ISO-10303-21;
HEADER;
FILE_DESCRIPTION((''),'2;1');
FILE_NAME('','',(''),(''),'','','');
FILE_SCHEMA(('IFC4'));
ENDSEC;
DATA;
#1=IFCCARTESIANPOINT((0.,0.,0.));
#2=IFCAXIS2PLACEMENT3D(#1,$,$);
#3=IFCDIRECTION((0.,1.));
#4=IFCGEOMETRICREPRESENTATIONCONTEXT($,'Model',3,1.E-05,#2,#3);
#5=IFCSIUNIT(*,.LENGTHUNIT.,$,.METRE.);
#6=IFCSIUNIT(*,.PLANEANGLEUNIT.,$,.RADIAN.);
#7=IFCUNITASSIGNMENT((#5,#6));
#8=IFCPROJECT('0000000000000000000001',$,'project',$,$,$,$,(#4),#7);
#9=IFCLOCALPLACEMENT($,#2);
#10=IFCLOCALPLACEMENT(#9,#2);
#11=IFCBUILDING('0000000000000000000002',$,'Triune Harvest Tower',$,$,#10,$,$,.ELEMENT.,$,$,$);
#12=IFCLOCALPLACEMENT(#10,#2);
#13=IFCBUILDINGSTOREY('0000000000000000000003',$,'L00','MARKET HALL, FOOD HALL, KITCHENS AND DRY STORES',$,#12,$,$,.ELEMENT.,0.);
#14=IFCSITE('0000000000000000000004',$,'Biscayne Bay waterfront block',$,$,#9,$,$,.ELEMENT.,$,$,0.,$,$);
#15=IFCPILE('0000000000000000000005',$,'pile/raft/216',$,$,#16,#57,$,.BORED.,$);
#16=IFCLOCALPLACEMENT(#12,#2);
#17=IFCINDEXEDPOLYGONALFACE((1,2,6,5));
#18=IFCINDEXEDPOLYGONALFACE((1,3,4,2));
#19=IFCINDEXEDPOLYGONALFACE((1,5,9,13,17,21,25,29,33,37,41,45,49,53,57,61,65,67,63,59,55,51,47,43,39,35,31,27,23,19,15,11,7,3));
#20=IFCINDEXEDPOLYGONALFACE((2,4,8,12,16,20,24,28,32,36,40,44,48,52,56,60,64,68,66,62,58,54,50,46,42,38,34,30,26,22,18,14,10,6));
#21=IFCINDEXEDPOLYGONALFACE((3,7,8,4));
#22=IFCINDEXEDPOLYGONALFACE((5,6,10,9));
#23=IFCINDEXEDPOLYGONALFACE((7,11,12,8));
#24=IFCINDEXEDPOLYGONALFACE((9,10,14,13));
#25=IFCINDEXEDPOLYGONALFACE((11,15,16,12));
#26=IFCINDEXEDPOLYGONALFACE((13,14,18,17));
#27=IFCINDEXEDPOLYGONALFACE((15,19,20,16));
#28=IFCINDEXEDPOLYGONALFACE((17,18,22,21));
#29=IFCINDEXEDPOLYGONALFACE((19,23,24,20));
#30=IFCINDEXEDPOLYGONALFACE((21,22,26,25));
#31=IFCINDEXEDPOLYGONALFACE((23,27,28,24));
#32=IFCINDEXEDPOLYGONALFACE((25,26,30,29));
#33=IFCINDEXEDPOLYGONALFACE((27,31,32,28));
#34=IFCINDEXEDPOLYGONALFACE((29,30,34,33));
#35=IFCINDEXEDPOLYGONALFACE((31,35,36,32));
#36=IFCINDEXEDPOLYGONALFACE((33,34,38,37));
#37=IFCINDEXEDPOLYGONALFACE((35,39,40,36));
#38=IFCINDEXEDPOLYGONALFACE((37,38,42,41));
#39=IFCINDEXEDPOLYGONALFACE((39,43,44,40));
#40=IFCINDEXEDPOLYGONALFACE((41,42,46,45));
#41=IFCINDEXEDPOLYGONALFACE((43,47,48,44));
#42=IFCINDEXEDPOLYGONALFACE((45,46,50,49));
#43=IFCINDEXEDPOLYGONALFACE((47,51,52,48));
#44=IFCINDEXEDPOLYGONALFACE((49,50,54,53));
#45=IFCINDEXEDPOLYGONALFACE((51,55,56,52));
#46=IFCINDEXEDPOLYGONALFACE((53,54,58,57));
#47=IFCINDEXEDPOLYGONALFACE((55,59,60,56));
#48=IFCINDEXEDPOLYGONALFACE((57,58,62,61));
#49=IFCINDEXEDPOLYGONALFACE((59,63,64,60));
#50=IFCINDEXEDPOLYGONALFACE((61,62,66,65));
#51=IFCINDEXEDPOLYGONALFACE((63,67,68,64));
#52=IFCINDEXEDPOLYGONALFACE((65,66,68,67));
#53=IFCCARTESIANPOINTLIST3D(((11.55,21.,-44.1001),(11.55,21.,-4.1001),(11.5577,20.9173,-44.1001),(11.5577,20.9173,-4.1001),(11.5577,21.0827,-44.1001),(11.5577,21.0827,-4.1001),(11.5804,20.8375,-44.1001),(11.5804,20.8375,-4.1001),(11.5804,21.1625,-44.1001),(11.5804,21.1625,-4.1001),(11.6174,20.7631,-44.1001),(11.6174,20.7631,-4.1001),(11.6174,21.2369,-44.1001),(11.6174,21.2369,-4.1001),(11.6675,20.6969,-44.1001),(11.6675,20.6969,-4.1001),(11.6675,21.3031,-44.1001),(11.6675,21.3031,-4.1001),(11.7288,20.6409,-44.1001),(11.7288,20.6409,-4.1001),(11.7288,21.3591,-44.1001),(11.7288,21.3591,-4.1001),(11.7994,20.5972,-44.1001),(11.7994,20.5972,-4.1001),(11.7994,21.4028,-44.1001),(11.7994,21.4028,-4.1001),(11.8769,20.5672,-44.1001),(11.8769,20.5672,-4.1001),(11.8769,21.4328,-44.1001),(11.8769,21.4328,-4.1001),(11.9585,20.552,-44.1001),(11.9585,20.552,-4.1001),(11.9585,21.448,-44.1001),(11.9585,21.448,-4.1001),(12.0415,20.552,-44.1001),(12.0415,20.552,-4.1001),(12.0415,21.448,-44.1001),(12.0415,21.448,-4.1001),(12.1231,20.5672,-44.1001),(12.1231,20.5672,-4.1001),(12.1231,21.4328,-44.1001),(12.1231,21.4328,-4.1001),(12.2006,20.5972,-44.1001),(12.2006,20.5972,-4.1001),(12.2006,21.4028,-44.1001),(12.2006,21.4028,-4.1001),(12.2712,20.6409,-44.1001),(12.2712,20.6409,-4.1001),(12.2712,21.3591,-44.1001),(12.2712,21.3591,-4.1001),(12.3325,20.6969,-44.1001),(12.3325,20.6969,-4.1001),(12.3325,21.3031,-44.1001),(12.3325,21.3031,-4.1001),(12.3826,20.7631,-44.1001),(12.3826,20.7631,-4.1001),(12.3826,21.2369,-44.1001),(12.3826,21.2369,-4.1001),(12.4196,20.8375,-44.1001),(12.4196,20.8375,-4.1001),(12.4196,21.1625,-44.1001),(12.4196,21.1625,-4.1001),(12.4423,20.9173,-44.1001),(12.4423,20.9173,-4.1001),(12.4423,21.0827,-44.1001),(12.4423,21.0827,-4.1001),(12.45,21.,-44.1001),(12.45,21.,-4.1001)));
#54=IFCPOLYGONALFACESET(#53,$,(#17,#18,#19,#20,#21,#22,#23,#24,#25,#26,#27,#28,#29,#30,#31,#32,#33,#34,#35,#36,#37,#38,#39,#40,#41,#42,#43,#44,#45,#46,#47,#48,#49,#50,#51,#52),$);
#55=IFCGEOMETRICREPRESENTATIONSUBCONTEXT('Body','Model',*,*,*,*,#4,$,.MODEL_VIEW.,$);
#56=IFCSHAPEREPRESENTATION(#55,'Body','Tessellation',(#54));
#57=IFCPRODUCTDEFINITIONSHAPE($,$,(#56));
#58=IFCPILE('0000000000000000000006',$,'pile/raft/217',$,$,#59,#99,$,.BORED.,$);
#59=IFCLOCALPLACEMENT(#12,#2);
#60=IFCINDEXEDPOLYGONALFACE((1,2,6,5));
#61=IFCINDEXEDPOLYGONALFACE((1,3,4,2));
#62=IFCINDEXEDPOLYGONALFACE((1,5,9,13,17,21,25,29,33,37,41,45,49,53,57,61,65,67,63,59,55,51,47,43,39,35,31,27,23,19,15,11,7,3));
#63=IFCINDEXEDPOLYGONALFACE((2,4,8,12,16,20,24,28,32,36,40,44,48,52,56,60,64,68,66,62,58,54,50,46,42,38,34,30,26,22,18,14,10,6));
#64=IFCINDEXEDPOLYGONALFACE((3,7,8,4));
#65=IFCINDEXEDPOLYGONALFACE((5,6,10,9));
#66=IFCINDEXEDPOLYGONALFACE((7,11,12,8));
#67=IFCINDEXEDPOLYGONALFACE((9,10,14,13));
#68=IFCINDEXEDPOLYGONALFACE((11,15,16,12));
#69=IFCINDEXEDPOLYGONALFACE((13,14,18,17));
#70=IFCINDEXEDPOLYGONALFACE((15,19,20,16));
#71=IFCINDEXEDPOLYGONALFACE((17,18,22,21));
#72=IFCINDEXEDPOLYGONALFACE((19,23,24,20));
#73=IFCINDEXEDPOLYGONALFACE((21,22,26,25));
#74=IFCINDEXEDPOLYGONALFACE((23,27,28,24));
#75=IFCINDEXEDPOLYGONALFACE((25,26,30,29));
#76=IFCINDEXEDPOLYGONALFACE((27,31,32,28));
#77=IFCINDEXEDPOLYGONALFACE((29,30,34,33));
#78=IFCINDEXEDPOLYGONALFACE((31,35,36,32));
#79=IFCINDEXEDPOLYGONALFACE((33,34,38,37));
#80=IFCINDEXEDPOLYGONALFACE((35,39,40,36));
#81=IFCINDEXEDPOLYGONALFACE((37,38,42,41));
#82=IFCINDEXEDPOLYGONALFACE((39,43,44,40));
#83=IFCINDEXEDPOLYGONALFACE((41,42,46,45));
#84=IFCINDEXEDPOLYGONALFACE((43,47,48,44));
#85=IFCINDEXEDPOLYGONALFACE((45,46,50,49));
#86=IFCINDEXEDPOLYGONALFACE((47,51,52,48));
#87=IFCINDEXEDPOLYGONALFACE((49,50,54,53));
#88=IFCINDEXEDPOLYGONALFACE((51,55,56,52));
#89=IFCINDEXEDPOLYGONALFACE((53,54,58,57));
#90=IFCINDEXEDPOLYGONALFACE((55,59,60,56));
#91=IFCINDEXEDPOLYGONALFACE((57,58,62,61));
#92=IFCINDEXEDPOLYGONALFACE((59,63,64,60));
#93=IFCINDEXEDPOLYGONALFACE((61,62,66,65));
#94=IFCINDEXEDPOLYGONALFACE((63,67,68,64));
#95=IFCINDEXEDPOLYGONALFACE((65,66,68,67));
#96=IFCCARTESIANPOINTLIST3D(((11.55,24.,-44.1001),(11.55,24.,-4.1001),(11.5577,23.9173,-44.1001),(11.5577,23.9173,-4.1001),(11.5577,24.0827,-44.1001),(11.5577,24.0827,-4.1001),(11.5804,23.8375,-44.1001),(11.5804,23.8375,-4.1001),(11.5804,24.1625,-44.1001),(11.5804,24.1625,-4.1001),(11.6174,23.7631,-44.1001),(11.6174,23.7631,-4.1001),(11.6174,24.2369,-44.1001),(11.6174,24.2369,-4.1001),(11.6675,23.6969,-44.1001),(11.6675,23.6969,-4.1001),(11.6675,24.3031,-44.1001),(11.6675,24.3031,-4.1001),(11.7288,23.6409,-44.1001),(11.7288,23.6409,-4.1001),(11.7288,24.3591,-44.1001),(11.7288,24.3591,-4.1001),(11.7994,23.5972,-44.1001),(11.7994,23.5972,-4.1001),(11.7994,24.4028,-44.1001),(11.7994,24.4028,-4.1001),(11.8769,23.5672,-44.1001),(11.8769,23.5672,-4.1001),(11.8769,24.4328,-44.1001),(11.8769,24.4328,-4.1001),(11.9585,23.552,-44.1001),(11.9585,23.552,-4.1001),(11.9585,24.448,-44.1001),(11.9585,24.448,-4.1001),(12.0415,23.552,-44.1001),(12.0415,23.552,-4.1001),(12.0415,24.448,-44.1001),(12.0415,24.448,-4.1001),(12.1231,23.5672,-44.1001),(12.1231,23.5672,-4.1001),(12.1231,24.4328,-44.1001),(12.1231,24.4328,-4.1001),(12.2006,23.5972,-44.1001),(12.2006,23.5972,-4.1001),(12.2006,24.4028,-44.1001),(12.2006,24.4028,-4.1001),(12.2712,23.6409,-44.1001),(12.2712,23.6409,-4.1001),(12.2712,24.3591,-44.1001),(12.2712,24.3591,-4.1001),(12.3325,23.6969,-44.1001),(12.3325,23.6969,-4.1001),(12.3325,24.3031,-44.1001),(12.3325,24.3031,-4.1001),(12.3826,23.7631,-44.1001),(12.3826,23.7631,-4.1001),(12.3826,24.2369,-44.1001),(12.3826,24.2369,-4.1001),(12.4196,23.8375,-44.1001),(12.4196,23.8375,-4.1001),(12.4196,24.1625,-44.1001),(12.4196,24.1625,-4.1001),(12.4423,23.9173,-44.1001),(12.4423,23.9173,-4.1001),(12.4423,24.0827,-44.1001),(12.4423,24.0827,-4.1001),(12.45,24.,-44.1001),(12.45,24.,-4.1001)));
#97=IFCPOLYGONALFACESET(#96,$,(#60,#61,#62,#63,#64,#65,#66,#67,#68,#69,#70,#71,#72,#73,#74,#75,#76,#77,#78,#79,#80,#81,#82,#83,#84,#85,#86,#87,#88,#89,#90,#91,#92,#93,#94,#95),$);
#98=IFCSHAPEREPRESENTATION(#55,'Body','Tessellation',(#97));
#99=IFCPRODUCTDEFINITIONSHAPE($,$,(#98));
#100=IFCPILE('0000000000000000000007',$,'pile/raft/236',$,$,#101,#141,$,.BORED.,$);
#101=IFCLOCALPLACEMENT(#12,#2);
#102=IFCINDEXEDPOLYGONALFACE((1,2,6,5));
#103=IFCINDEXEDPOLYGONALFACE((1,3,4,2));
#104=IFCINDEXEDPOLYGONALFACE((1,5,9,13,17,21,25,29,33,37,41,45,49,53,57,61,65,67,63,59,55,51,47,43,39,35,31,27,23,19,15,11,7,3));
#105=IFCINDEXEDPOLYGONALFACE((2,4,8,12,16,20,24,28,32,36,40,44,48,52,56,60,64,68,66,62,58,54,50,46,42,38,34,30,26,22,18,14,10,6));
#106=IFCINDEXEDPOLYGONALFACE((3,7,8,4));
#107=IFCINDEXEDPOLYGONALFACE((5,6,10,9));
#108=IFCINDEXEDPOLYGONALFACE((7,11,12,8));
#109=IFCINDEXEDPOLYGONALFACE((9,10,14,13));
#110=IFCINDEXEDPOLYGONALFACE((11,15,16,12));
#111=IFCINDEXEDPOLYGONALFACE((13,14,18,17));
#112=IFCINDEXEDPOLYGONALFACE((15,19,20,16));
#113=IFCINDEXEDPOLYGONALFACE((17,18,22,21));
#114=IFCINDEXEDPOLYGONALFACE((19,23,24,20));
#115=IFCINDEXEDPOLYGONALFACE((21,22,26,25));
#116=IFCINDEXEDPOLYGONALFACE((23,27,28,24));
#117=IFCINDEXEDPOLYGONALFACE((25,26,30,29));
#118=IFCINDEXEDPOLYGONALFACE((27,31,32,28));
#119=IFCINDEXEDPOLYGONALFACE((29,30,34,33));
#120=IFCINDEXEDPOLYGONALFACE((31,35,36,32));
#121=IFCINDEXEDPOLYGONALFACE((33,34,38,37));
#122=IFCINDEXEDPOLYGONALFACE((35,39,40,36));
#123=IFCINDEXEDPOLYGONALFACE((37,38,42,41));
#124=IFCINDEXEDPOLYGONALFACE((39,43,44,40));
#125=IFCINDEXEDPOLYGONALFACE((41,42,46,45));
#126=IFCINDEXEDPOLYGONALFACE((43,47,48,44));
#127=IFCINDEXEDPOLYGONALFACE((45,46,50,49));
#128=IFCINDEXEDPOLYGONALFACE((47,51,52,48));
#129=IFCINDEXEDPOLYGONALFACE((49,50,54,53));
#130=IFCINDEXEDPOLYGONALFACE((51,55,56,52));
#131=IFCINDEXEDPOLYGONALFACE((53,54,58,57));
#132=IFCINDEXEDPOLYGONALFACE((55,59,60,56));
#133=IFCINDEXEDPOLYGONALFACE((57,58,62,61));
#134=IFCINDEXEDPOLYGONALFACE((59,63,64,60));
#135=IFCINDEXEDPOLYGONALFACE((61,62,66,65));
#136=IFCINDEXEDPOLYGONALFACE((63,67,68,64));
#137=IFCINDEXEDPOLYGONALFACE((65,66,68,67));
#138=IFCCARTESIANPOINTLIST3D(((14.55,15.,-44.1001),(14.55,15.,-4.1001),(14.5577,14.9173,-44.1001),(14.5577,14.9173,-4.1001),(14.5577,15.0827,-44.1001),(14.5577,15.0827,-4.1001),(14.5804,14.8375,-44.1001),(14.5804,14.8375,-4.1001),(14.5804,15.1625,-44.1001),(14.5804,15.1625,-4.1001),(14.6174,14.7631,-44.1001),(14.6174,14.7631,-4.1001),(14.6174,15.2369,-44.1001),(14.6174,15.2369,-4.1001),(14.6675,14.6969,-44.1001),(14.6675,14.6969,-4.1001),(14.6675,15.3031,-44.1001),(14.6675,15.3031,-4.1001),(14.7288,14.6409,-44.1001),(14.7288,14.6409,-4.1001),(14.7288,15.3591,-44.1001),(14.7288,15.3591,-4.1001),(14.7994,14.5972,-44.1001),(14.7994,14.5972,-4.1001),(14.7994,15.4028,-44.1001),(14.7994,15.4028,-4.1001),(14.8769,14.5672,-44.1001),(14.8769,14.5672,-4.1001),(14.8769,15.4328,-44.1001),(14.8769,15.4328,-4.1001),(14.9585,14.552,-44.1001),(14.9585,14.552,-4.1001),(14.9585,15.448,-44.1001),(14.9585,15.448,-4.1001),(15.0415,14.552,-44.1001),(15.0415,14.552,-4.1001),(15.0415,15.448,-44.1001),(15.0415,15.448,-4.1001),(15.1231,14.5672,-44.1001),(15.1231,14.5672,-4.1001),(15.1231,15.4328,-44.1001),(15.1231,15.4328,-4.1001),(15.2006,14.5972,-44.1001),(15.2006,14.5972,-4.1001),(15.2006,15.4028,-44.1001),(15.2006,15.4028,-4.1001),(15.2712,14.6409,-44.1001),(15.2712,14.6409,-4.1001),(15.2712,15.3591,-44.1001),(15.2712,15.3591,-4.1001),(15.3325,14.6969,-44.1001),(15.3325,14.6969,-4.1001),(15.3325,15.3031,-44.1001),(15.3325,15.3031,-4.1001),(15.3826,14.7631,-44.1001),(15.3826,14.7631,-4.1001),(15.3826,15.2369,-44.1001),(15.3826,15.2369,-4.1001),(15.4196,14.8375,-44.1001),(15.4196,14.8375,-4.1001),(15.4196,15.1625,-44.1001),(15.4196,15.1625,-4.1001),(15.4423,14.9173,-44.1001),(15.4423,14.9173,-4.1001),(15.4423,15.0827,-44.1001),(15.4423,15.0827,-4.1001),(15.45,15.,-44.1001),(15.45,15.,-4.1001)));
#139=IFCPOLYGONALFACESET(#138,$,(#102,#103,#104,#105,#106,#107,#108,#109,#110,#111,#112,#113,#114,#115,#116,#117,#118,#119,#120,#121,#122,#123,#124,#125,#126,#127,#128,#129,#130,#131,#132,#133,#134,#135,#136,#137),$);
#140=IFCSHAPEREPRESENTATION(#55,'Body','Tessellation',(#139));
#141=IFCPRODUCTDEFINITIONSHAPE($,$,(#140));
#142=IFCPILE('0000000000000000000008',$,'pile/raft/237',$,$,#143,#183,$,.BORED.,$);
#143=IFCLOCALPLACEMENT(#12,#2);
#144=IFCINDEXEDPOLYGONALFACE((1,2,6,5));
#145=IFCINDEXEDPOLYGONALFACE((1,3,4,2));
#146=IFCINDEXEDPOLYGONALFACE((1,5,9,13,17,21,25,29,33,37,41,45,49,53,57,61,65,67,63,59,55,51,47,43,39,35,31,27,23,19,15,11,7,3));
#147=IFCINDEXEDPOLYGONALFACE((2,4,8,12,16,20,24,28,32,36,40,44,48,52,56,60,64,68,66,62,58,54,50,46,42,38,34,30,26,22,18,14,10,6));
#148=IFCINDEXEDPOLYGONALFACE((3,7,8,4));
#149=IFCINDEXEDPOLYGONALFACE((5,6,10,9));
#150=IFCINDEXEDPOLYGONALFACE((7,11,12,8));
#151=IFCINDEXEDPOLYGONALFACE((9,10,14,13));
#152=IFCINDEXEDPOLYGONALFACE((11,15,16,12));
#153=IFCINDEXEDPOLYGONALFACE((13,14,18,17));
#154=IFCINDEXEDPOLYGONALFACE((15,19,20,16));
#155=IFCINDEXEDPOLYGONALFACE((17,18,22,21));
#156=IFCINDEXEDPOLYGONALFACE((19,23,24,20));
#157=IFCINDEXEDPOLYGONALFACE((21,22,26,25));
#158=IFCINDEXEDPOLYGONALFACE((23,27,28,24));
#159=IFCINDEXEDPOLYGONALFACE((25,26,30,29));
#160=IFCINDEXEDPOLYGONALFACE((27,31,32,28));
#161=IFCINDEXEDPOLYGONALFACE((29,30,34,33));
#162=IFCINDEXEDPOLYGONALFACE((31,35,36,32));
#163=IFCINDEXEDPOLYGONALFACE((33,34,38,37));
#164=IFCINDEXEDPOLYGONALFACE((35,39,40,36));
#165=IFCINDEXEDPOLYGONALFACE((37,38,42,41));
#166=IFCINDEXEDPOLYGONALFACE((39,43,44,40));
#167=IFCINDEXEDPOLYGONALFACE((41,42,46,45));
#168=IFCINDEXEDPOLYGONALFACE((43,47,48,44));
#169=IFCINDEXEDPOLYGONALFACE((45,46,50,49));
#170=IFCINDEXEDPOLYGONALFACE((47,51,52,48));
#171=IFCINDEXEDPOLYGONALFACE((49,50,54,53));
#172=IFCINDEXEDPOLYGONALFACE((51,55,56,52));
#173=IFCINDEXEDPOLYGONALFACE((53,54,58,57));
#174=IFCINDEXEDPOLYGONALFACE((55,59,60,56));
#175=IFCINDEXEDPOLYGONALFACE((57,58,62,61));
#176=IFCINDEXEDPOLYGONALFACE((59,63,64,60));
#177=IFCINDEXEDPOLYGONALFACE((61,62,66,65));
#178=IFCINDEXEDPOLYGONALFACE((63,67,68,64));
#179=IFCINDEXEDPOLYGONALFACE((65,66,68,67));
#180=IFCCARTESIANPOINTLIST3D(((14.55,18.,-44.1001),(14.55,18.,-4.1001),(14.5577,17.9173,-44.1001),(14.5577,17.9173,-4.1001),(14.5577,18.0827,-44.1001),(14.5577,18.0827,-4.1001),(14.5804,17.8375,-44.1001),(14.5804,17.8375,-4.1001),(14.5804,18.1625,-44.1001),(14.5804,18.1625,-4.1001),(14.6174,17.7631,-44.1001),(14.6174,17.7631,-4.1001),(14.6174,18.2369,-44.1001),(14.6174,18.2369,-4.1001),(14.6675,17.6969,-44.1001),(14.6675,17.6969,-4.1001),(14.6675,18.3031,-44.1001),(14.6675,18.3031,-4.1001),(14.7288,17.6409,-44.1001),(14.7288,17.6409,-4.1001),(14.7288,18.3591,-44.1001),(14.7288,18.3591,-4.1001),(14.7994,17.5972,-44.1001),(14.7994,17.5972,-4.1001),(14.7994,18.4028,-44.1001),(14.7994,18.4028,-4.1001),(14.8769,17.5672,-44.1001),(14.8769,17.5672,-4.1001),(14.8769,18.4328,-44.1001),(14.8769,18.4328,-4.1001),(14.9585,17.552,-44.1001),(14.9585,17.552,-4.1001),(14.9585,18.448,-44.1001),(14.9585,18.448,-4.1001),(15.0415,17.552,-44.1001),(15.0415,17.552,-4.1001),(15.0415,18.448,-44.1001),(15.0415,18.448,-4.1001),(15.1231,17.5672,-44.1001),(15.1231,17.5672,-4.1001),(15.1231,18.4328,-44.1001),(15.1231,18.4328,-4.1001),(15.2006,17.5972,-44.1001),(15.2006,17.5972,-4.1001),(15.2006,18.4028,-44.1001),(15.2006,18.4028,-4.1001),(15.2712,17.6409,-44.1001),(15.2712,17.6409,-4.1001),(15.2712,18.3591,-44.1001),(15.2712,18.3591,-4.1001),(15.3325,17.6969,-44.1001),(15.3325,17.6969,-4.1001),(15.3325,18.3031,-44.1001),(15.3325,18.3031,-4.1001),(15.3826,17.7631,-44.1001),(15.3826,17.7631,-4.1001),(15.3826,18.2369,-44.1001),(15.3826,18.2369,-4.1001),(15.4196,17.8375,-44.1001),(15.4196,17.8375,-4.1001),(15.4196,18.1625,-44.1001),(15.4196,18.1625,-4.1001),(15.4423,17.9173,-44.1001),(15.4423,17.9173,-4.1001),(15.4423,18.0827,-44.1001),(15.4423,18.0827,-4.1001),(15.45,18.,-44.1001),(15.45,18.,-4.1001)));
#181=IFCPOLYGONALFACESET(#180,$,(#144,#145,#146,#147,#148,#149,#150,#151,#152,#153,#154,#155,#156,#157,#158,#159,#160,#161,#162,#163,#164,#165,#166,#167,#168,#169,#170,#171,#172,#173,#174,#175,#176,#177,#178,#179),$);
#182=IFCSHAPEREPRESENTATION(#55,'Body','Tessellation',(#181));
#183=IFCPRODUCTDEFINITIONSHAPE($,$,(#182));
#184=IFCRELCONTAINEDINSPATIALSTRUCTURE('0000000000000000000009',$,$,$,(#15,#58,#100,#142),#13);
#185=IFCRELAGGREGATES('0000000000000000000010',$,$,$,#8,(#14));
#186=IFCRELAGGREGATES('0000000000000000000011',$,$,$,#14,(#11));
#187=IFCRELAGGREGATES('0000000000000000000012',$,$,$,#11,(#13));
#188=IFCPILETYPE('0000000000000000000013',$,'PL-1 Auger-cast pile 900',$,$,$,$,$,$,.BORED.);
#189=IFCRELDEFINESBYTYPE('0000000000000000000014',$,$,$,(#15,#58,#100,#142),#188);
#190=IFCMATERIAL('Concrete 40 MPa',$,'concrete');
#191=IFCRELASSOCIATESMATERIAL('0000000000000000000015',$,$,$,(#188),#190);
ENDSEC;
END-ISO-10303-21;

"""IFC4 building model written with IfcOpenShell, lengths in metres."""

from ifc_helpers import new_model, si_unit, direction, frame, origin, origin_2d, place, context, subcontext, project, spatial, circle, extrude, source, transform, mapped, material, material_profile, profile_set, type_object, element, save


model = new_model("IFC4")

# Units and contexts
model_context = context("Model", 3, precision=1e-05, world=origin(), true_north=direction((0.0, 1.0)))
body_context = subcontext(model_context, "Body", "Model", "MODEL_VIEW")
ifc_project = project(units=[si_unit("LENGTHUNIT", "METRE"), si_unit("PLANEANGLEUNIT", "RADIAN")], contexts=[model_context])

# Site, building, storey
site_placement = place(None, origin())
site = spatial("IfcSite", under=ifc_project, at=site_placement, Name="Biscayne Bay waterfront block", CompositionType="ELEMENT", RefElevation=0.0)
building_placement = place(site_placement, origin())
building = spatial("IfcBuilding", under=site, at=building_placement, Name="Triune Harvest Tower", CompositionType="ELEMENT")
storey_placement = place(building_placement, origin())
storey = spatial("IfcBuildingStorey", under=building, at=storey_placement, Name="L00", Description="MARKET HALL, FOOD HALL, KITCHENS AND DRY STORES", CompositionType="ELEMENT", Elevation=0.0)

# Piles
ifc_material_1 = material(Name="Concrete 40 MPa", Category="concrete")
ifc_material_profile = material_profile(ifc_material_1, circle(Radius=0.45, at=origin_2d()), Name="Bored 900")
ifc_profile_set = profile_set([ifc_material_profile], Name="Concrete 40 MPa")
pile_type = type_object("IfcPileType", Name="PL-1 Auger-cast pile 900", PredefinedType="BORED", material=ifc_profile_set)
shared_shape = source(origin(), body_context, "Body", "SweptSolid", [
    extrude(circle(Radius=0.45, at=origin_2d()), origin(), (0.0, 0.0, 1.0), 40.0),
])
for number, where, z_axis, x_axis, name in (
    (1, (12.0, 21.0, -4.1001), (0.0, 0.0, -1.0), (1.0, 0.0, 0.0), "pile/raft/216"),
    (2, (12.0, 24.0, -4.1001), (0.0, 0.0, -1.0), (1.0, 0.0, 0.0), "pile/raft/217"),
    (3, (15.0, 15.0, -4.1001), (0.0, 0.0, -1.0), (1.0, 0.0, 0.0), "pile/raft/236"),
    (4, (15.0, 18.0, -4.1001), (0.0, 0.0, -1.0), (1.0, 0.0, 0.0), "pile/raft/237"),
):
    element("IfcPile", number, at=place(storey_placement, frame(where, z_axis=z_axis, x_axis=x_axis)), inside=storey, type_object=pile_type, Name=name, PredefinedType="BORED", context=body_context, shape_type="MappedRepresentation", body=[
        mapped(shared_shape, transform((0.0, 0.0, 0.0), scale=1.0)),
    ])

save(model, "model.ifc")
